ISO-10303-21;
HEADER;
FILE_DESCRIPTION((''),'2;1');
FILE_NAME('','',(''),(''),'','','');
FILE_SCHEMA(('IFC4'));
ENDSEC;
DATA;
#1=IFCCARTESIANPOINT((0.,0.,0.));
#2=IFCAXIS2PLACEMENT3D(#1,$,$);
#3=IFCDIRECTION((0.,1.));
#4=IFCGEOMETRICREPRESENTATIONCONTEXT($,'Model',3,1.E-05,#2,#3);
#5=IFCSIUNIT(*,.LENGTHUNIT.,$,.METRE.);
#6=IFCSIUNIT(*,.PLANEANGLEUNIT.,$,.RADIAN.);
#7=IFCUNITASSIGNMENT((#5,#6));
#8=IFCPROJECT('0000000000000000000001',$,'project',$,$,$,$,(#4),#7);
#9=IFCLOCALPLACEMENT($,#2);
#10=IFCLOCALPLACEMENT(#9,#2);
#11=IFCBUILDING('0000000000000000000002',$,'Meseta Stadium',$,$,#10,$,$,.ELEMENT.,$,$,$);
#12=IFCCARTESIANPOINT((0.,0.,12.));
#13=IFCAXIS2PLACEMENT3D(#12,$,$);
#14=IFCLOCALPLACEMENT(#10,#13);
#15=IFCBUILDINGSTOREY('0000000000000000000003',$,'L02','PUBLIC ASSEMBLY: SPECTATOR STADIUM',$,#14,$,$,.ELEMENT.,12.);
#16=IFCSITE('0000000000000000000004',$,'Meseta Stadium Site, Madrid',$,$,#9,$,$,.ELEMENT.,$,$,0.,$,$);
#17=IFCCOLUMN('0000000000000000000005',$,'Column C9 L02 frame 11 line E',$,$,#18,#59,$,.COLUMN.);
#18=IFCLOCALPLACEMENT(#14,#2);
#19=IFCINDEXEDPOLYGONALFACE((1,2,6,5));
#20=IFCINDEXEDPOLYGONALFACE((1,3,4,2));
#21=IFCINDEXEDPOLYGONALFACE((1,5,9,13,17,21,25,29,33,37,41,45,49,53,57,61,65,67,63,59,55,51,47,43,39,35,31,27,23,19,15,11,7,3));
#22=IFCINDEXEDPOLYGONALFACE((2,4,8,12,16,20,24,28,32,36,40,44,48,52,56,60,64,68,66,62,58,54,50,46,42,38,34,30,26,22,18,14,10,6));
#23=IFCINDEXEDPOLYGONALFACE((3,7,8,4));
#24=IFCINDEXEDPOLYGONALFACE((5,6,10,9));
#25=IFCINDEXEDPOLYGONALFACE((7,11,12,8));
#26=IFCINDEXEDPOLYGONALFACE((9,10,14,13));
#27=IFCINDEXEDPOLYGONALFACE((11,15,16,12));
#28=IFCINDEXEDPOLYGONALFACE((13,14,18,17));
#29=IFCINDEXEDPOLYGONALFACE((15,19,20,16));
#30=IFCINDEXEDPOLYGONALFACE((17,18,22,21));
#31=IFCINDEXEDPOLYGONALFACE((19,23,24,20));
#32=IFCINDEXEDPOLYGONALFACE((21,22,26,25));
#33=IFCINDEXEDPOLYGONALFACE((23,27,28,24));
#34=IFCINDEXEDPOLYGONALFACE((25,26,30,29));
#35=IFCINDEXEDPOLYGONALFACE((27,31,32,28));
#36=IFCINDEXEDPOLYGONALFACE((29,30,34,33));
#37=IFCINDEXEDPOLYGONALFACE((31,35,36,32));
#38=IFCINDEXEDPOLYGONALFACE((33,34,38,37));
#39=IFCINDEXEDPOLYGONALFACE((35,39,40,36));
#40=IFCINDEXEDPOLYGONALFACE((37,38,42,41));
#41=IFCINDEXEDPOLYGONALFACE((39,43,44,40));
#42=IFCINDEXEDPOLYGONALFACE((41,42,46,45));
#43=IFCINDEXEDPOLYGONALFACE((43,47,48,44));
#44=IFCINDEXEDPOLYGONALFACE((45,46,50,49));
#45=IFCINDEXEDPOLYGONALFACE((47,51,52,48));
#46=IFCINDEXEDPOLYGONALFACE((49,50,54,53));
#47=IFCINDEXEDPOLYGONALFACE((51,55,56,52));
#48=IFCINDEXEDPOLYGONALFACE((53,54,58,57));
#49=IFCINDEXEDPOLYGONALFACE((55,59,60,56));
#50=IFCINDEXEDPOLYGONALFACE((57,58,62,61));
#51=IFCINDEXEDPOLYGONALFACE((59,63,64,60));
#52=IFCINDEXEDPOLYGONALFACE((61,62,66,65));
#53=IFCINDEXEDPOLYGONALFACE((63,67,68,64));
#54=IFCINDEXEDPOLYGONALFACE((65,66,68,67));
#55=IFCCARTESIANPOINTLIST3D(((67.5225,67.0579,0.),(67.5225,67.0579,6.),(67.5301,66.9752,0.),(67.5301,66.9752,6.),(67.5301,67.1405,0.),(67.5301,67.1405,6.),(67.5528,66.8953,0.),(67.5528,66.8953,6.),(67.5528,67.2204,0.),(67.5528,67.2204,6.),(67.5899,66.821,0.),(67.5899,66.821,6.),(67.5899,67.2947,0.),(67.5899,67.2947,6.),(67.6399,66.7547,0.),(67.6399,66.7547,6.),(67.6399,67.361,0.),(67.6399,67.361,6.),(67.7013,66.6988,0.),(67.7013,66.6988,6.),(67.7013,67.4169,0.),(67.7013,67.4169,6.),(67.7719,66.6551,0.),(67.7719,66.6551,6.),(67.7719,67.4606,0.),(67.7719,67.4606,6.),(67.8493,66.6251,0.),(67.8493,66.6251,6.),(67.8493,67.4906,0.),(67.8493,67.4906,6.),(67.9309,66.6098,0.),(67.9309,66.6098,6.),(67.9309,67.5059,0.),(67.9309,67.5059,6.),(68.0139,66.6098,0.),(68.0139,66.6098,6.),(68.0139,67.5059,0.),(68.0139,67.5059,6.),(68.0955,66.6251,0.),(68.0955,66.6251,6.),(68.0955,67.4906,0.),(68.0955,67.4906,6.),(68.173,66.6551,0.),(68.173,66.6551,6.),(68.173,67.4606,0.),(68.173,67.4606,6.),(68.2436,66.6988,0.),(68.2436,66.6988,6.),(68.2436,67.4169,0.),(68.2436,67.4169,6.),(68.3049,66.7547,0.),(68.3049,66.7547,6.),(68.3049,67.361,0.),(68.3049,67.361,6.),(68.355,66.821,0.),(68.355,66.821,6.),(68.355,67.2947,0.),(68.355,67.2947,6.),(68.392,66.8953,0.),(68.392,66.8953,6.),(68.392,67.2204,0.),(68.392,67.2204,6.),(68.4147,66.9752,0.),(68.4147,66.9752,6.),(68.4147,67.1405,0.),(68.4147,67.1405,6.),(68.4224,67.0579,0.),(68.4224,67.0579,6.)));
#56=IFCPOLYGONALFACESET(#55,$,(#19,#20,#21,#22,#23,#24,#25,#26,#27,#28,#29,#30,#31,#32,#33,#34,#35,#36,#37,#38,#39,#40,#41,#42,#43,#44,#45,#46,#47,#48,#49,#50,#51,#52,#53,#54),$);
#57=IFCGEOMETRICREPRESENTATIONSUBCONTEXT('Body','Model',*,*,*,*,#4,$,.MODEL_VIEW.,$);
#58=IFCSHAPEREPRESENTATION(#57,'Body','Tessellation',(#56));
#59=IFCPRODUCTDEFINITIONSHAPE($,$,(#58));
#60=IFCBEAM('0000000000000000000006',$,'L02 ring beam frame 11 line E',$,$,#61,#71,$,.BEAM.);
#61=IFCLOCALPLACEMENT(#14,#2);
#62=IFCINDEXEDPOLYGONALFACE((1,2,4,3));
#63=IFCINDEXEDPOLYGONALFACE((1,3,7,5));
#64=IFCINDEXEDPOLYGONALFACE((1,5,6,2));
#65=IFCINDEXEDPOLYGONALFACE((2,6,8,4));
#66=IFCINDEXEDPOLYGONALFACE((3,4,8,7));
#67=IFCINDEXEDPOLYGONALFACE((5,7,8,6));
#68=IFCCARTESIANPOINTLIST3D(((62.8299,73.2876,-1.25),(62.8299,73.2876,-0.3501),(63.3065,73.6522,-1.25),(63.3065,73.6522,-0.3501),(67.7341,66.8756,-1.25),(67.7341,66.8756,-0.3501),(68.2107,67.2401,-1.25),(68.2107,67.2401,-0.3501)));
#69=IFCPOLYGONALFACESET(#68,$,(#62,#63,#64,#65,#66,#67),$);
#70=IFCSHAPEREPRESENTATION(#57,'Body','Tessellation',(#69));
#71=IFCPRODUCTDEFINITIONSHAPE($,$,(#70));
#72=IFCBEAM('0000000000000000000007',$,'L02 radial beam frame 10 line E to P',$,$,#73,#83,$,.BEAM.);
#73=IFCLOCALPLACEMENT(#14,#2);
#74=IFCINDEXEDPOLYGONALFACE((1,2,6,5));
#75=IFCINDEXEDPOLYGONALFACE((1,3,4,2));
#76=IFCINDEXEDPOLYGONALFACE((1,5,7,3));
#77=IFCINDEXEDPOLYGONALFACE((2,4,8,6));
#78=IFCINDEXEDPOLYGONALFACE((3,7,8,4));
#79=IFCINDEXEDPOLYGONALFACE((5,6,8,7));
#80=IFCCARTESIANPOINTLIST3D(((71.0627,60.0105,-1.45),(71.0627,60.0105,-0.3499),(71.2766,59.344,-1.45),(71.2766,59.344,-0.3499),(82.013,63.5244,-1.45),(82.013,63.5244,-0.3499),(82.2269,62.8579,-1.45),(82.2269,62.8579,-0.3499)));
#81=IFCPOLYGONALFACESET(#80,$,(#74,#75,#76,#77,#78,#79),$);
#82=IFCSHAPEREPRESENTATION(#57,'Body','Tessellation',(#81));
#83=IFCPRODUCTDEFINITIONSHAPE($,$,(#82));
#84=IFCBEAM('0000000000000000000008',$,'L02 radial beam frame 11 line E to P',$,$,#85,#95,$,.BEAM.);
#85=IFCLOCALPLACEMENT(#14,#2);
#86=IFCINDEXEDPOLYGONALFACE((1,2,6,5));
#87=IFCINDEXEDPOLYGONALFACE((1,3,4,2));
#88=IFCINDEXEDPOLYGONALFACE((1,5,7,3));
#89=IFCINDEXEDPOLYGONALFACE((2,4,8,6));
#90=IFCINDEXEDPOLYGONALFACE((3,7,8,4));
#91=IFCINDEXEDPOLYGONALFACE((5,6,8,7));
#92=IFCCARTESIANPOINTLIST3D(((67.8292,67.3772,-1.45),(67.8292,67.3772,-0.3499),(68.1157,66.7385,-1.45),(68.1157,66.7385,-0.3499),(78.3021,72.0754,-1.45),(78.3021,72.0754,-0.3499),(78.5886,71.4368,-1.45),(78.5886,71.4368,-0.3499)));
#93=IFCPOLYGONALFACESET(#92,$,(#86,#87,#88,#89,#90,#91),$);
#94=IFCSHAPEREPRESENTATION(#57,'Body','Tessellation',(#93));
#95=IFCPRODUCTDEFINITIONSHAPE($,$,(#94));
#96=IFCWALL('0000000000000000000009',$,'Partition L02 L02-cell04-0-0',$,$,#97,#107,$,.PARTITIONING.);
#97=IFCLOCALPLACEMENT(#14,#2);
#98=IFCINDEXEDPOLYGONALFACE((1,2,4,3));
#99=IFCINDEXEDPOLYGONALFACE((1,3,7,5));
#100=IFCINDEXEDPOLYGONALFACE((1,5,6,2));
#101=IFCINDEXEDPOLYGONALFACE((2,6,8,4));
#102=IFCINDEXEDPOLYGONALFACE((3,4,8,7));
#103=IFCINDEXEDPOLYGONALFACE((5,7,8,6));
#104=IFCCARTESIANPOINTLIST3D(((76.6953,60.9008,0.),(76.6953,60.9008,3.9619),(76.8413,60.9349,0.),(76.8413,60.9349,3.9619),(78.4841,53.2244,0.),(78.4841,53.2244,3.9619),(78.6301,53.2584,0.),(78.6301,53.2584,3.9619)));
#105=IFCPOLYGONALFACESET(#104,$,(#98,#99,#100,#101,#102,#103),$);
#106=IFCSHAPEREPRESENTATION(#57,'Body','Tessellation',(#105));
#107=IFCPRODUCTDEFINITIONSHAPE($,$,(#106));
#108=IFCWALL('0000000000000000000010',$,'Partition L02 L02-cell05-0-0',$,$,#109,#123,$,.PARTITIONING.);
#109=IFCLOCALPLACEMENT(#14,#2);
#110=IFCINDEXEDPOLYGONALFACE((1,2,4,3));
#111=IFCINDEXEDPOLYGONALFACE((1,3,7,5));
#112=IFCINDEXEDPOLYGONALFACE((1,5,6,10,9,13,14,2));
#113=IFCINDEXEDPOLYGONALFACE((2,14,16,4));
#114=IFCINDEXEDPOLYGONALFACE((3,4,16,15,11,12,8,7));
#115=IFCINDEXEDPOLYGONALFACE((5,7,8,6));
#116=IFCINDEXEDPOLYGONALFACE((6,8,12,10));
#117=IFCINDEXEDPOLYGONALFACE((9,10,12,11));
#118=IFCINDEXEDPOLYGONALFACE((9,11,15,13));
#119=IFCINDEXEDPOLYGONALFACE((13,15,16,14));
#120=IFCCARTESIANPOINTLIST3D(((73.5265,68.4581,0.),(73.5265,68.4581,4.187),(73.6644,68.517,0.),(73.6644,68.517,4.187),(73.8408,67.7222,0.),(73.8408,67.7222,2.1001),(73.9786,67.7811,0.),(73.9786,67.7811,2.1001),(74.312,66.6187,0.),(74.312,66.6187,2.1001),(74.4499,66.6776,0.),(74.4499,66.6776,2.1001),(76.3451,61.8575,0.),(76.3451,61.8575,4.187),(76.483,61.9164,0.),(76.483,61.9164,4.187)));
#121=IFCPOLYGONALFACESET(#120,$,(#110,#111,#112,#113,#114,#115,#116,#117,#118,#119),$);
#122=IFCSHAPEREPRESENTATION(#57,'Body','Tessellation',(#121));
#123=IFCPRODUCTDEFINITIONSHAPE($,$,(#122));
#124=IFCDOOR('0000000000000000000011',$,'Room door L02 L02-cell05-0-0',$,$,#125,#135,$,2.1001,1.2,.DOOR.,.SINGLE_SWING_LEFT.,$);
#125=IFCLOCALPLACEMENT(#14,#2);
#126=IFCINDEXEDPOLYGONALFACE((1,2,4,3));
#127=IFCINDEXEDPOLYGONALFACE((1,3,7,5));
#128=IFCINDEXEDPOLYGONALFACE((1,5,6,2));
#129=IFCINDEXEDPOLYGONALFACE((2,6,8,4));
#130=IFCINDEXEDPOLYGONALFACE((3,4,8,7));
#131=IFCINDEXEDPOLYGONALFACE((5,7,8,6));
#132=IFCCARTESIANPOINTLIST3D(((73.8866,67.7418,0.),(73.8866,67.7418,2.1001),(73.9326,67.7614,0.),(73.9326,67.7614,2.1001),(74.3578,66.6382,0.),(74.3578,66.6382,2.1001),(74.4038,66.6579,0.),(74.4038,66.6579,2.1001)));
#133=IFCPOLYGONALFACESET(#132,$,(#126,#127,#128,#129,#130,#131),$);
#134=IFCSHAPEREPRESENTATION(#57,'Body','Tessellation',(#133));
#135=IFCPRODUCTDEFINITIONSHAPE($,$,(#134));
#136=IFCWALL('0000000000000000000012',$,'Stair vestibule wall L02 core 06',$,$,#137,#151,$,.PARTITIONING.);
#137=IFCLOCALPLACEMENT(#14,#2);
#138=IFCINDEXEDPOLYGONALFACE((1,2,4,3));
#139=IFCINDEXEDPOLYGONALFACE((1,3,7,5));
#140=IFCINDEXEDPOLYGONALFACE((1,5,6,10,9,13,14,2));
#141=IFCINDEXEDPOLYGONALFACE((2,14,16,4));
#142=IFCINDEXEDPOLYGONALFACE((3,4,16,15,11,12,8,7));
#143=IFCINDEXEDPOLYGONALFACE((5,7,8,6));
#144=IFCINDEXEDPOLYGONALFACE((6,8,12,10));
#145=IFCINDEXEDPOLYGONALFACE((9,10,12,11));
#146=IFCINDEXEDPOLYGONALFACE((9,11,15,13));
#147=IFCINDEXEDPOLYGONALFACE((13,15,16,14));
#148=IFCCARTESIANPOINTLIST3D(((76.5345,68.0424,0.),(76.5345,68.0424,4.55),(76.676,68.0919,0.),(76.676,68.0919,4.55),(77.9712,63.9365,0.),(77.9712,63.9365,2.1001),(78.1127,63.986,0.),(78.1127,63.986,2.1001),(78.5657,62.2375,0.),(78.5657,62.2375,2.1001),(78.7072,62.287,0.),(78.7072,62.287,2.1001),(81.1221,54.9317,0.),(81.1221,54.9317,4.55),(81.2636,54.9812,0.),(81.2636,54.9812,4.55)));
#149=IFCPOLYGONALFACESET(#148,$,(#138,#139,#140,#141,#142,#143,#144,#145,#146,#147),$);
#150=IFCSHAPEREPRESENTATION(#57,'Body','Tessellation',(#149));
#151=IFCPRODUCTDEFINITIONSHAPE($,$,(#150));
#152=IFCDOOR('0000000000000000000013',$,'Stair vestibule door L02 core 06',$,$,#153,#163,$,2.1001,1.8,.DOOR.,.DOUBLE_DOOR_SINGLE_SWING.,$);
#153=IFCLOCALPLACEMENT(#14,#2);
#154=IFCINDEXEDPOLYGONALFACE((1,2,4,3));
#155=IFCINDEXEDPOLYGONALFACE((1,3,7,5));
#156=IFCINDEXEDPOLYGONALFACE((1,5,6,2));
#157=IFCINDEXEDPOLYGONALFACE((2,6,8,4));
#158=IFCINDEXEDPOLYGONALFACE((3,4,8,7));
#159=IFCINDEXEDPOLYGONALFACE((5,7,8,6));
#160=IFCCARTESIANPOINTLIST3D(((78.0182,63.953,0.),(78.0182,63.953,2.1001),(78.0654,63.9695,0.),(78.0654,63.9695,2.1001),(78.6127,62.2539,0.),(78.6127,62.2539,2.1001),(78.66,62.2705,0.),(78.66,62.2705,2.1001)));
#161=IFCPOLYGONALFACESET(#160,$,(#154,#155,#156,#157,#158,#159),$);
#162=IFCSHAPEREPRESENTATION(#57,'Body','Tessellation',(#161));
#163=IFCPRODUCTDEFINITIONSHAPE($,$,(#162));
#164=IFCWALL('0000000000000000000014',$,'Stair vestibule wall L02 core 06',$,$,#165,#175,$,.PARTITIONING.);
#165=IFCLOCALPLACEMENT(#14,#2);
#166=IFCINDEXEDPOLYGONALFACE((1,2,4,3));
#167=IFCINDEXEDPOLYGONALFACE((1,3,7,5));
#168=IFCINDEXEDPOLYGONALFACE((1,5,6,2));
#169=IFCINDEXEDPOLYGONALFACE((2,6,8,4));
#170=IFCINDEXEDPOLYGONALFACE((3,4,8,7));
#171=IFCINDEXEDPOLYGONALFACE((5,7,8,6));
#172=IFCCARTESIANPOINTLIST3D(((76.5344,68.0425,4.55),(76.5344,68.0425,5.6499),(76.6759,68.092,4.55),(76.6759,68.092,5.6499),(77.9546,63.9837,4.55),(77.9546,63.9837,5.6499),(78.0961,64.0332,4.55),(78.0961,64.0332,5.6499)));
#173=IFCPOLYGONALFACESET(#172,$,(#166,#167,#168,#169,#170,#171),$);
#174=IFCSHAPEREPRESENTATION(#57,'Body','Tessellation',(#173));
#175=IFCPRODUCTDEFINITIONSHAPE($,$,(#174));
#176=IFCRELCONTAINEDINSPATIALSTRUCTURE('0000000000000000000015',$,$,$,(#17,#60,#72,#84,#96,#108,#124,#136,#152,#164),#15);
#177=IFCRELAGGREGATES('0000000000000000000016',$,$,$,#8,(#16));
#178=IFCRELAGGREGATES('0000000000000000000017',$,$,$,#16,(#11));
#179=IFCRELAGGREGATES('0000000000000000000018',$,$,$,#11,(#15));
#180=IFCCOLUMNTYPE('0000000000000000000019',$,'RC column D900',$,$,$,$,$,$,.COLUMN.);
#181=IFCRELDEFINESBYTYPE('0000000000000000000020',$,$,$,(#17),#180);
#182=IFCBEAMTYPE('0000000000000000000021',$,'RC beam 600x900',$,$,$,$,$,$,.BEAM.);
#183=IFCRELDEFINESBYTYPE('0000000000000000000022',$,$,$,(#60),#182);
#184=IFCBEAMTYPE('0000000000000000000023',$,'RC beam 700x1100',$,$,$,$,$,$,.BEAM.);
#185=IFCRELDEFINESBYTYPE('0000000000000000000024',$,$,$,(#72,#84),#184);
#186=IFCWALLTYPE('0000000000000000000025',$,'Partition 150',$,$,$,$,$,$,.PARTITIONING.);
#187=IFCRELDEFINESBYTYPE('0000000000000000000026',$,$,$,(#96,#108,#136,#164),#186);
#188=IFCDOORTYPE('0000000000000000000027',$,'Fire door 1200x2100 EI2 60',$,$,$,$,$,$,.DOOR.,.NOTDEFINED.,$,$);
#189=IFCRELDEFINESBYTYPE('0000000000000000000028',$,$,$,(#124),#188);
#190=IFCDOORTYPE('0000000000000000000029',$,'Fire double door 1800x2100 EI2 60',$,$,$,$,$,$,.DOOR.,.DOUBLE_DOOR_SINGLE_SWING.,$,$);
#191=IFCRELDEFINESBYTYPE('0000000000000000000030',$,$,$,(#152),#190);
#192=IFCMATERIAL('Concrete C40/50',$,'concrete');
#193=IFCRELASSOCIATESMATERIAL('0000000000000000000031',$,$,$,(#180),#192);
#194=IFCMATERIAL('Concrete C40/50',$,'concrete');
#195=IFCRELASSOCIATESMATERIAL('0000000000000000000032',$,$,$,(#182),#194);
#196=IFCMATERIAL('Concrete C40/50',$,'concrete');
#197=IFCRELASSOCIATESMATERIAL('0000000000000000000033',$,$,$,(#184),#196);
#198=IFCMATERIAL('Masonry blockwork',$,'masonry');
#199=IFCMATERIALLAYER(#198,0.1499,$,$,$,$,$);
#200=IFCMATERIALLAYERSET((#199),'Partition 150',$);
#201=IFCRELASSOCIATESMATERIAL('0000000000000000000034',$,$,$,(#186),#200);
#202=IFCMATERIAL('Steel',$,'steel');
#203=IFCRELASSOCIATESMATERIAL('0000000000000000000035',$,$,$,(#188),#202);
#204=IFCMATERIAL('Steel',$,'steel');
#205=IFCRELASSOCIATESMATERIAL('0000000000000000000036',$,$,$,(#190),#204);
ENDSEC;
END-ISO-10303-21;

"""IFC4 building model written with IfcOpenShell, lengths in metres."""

from ifc_helpers import new_model, si_unit, direction, frame, frame_2d, origin, origin_2d, place, context, subcontext, project, spatial, rectangle, circle, extrude, material, layer, layer_set, material_profile, profile_set, type_object, element, fill, save


model = new_model("IFC4")

# Units and contexts
model_context = context("Model", 3, precision=1e-05, world=origin(), true_north=direction((0.0, 1.0)))
body_context = subcontext(model_context, "Body", "Model", "MODEL_VIEW")
ifc_project = project(units=[si_unit("LENGTHUNIT", "METRE"), si_unit("PLANEANGLEUNIT", "RADIAN")], contexts=[model_context])

# Site, building, storey
site_placement = place(None, origin())
site = spatial("IfcSite", under=ifc_project, at=site_placement, Name="Meseta Stadium Site, Madrid", CompositionType="ELEMENT", RefElevation=0.0)
building_placement = place(site_placement, origin())
building = spatial("IfcBuilding", under=site, at=building_placement, Name="Meseta Stadium", CompositionType="ELEMENT")
storey_placement = place(building_placement, frame((0.0, 0.0, 12.0)))
storey = spatial("IfcBuildingStorey", under=building, at=storey_placement, Name="L02", Description="PUBLIC ASSEMBLY: SPECTATOR STADIUM", CompositionType="ELEMENT", Elevation=12.0)

# Column
ifc_material_1 = material(Name="Concrete C40/50", Category="concrete")
ifc_material_profile_1 = material_profile(ifc_material_1, circle(Radius=0.45, at=origin_2d()), Name="RC D900")
ifc_profile_set_1 = profile_set([ifc_material_profile_1], Name="Concrete C40/50")
column_type = type_object("IfcColumnType", Name="RC column D900", PredefinedType="COLUMN", material=ifc_profile_set_1)
column_placement = place(storey_placement, frame((67.9724, 67.0579, 0.0), z_axis=(0.0, 0.0, 1.0), x_axis=(1.0, 0.0, 0.0)))
element("IfcColumn", 1, at=column_placement, inside=storey, type_object=column_type, Name="Column C9 L02 frame 11 line E", PredefinedType="COLUMN", context=body_context, shape_type="SweptSolid", body=[
    extrude(circle(Radius=0.45, at=origin_2d()), origin(), (0.0, 0.0, 1.0), 6.0),
])

# Beams
ifc_material_2 = material(Name="Concrete C40/50", Category="concrete")
ifc_material_profile_2 = material_profile(ifc_material_2, rectangle(XDim=0.6001, YDim=0.8999, at=origin_2d()), Name="RC 600x900")
ifc_profile_set_2 = profile_set([ifc_material_profile_2], Name="Concrete C40/50")
beam_type_1 = type_object("IfcBeamType", Name="RC beam 600x900", PredefinedType="BEAM", material=ifc_profile_set_2)
beam_1_placement = place(storey_placement, frame((67.9724, 67.0579, -0.8), z_axis=(-0.607522, 0.794303, 0.0), x_axis=(-0.794303, -0.607522, 0.0)))
element("IfcBeam", 2, at=beam_1_placement, inside=storey, type_object=beam_type_1, Name="L02 ring beam frame 11 line E", PredefinedType="BEAM", context=body_context, shape_type="SweptSolid", body=[
    extrude(rectangle(XDim=0.6001, YDim=0.8999, at=origin_2d()), origin(), (0.0, 0.0, 1.0), 8.0725),
])
ifc_material_3 = material(Name="Concrete C40/50", Category="concrete")
ifc_material_profile_3 = material_profile(ifc_material_3, rectangle(XDim=0.7, YDim=1.1001, at=origin_2d()), Name="RC 700x1100")
ifc_profile_set_3 = profile_set([ifc_material_profile_3], Name="Concrete C40/50")
beam_type_2 = type_object("IfcBeamType", Name="RC beam 700x1100", PredefinedType="BEAM", material=ifc_profile_set_3)
beam_2_placement = place(storey_placement, frame((71.1697, 59.6772, -0.8999), z_axis=(0.952175, 0.305553, 0.0), x_axis=(-0.305553, 0.952175, 0.0)))
element("IfcBeam", 3, at=beam_2_placement, inside=storey, type_object=beam_type_2, Name="L02 radial beam frame 10 line E to P", PredefinedType="BEAM", context=body_context, shape_type="SweptSolid", body=[
    extrude(rectangle(XDim=0.7, YDim=1.1001, at=origin_2d()), origin(), (0.0, 0.0, 1.0), 11.5002),
])
beam_3_placement = place(storey_placement, frame((67.9724, 67.0579, -0.8999), z_axis=(0.912396, 0.409309, 0.0), x_axis=(-0.409309, 0.912396, 0.0)))
element("IfcBeam", 4, at=beam_3_placement, inside=storey, type_object=beam_type_2, Name="L02 radial beam frame 11 line E to P", PredefinedType="BEAM", context=body_context, shape_type="SweptSolid", body=[
    extrude(rectangle(XDim=0.7, YDim=1.1001, at=origin_2d()), origin(), (0.0, 0.0, 1.0), 11.4785),
])

# Wall
ifc_material_4 = material(Name="Masonry blockwork", Category="masonry")
ifc_layer = layer(ifc_material_4, 0.1499)
ifc_layer_set = layer_set([ifc_layer], Name="Partition 150")
wall_type = type_object("IfcWallType", Name="Partition 150", PredefinedType="PARTITIONING", material=ifc_layer_set)
wall_1_placement = place(storey_placement, frame((76.7683, 60.9177, 0.0), z_axis=(0.0, 0.0, 1.0), x_axis=(0.226945, -0.973908, 0.0)))
element("IfcWall", 5, at=wall_1_placement, inside=storey, type_object=wall_type, Name="Partition L02 L02-cell04-0-0", PredefinedType="PARTITIONING", context=body_context, shape_type="SweptSolid", body=[
    extrude(rectangle(XDim=7.8821, YDim=0.1499, at=frame_2d((3.9409, 0.0))), origin(), (0.0, 0.0, 1.0), 3.9619),
])

# Walls, openings, doors
wall_2_placement = place(storey_placement, frame((73.5955, 68.4875, 0.0), z_axis=(0.0, 0.0, 1.0), x_axis=(0.392716, -0.91966, 0.0)))
wall_2 = element("IfcWall", 6, at=wall_2_placement, inside=storey, type_object=wall_type, Name="Partition L02 L02-cell05-0-0", PredefinedType="PARTITIONING", context=body_context, shape_type="SweptSolid", body=[
    extrude(rectangle(XDim=7.1772, YDim=0.1499, at=frame_2d((3.5886, 0.0))), origin(), (0.0, 0.0, 1.0), 4.187),
])
opening_1_placement = place(wall_2_placement, frame((0.8, 0.0, 0.0)))
opening_1 = element("IfcOpeningElement", 7, at=opening_1_placement, cuts=wall_2, PredefinedType="OPENING", context=body_context, shape_type="SweptSolid", body=[
    extrude(rectangle(XDim=1.2, YDim=2.1001, at=frame_2d((0.6001, 1.05))), frame((0.0, 0.085, 0.0), z_axis=(0.0, -1.0, 0.0), x_axis=(1.0, 0.0, 0.0)), (0.0, 0.0, 1.0), 0.1699),
])
ifc_material_5 = material(Name="Steel", Category="steel")
door_type_1 = type_object("IfcDoorType", Name="Fire door 1200x2100 EI2 60", OperationType="NOTDEFINED", PredefinedType="DOOR", material=ifc_material_5)
door_1_placement = place(opening_1_placement, origin())
door_1 = element("IfcDoor", 8, at=door_1_placement, inside=storey, type_object=door_type_1, Name="Room door L02 L02-cell05-0-0", OperationType="SINGLE_SWING_LEFT", OverallHeight=2.1001, OverallWidth=1.2, PredefinedType="DOOR", context=body_context, shape_type="SweptSolid", body=[
    extrude(rectangle(XDim=1.2, YDim=2.1001, at=frame_2d((0.6001, 1.05))), frame((0.0, 0.0249, 0.0), z_axis=(0.0, -1.0, 0.0), x_axis=(1.0, 0.0, 0.0)), (0.0, 0.0, 1.0), 0.05),
])
fill(opening_1, door_1)
wall_3_placement = place(storey_placement, frame((76.6052, 68.0671, 0.0), z_axis=(0.0, 0.0, 1.0), x_axis=(0.330282, -0.943882, 0.0)))
wall_3 = element("IfcWall", 9, at=wall_3_placement, inside=storey, type_object=wall_type, Name="Stair vestibule wall L02 core 06", PredefinedType="PARTITIONING", context=body_context, shape_type="SweptSolid", body=[
    extrude(rectangle(XDim=13.8901, YDim=0.1499, at=frame_2d((6.9451, 0.0))), origin(), (0.0, 0.0, 1.0), 4.55),
])
opening_2_placement = place(wall_3_placement, frame((4.3501, 0.0, 0.0)))
opening_2 = element("IfcOpeningElement", 10, at=opening_2_placement, cuts=wall_3, PredefinedType="OPENING", context=body_context, shape_type="SweptSolid", body=[
    extrude(rectangle(XDim=1.8, YDim=2.1001, at=frame_2d((0.8999, 1.05))), frame((0.0, 0.085, 0.0), z_axis=(0.0, -1.0, 0.0), x_axis=(1.0, 0.0, 0.0)), (0.0, 0.0, 1.0), 0.1699),
])
ifc_material_6 = material(Name="Steel", Category="steel")
door_type_2 = type_object("IfcDoorType", Name="Fire double door 1800x2100 EI2 60", OperationType="DOUBLE_DOOR_SINGLE_SWING", PredefinedType="DOOR", material=ifc_material_6)
door_2_placement = place(opening_2_placement, origin())
door_2 = element("IfcDoor", 11, at=door_2_placement, inside=storey, type_object=door_type_2, Name="Stair vestibule door L02 core 06", OperationType="DOUBLE_DOOR_SINGLE_SWING", OverallHeight=2.1001, OverallWidth=1.8, PredefinedType="DOOR", context=body_context, shape_type="SweptSolid", body=[
    extrude(rectangle(XDim=1.8, YDim=2.1001, at=frame_2d((0.8999, 1.05))), frame((0.0, 0.0249, 0.0), z_axis=(0.0, -1.0, 0.0), x_axis=(1.0, 0.0, 0.0)), (0.0, 0.0, 1.0), 0.05),
])
fill(opening_2, door_2)

# Wall
wall_4_placement = place(storey_placement, frame((76.6052, 68.0671, 4.55), z_axis=(0.0, 0.0, 1.0), x_axis=(0.330262, -0.943889, 0.0)))
element("IfcWall", 12, at=wall_4_placement, inside=storey, type_object=wall_type, Name="Stair vestibule wall L02 core 06", PredefinedType="PARTITIONING", context=body_context, shape_type="SweptSolid", body=[
    extrude(rectangle(XDim=4.3, YDim=0.1499, at=frame_2d((2.1499, 0.0))), origin(), (0.0, 0.0, 1.0), 1.0999),
])

save(model, "model.ifc")
